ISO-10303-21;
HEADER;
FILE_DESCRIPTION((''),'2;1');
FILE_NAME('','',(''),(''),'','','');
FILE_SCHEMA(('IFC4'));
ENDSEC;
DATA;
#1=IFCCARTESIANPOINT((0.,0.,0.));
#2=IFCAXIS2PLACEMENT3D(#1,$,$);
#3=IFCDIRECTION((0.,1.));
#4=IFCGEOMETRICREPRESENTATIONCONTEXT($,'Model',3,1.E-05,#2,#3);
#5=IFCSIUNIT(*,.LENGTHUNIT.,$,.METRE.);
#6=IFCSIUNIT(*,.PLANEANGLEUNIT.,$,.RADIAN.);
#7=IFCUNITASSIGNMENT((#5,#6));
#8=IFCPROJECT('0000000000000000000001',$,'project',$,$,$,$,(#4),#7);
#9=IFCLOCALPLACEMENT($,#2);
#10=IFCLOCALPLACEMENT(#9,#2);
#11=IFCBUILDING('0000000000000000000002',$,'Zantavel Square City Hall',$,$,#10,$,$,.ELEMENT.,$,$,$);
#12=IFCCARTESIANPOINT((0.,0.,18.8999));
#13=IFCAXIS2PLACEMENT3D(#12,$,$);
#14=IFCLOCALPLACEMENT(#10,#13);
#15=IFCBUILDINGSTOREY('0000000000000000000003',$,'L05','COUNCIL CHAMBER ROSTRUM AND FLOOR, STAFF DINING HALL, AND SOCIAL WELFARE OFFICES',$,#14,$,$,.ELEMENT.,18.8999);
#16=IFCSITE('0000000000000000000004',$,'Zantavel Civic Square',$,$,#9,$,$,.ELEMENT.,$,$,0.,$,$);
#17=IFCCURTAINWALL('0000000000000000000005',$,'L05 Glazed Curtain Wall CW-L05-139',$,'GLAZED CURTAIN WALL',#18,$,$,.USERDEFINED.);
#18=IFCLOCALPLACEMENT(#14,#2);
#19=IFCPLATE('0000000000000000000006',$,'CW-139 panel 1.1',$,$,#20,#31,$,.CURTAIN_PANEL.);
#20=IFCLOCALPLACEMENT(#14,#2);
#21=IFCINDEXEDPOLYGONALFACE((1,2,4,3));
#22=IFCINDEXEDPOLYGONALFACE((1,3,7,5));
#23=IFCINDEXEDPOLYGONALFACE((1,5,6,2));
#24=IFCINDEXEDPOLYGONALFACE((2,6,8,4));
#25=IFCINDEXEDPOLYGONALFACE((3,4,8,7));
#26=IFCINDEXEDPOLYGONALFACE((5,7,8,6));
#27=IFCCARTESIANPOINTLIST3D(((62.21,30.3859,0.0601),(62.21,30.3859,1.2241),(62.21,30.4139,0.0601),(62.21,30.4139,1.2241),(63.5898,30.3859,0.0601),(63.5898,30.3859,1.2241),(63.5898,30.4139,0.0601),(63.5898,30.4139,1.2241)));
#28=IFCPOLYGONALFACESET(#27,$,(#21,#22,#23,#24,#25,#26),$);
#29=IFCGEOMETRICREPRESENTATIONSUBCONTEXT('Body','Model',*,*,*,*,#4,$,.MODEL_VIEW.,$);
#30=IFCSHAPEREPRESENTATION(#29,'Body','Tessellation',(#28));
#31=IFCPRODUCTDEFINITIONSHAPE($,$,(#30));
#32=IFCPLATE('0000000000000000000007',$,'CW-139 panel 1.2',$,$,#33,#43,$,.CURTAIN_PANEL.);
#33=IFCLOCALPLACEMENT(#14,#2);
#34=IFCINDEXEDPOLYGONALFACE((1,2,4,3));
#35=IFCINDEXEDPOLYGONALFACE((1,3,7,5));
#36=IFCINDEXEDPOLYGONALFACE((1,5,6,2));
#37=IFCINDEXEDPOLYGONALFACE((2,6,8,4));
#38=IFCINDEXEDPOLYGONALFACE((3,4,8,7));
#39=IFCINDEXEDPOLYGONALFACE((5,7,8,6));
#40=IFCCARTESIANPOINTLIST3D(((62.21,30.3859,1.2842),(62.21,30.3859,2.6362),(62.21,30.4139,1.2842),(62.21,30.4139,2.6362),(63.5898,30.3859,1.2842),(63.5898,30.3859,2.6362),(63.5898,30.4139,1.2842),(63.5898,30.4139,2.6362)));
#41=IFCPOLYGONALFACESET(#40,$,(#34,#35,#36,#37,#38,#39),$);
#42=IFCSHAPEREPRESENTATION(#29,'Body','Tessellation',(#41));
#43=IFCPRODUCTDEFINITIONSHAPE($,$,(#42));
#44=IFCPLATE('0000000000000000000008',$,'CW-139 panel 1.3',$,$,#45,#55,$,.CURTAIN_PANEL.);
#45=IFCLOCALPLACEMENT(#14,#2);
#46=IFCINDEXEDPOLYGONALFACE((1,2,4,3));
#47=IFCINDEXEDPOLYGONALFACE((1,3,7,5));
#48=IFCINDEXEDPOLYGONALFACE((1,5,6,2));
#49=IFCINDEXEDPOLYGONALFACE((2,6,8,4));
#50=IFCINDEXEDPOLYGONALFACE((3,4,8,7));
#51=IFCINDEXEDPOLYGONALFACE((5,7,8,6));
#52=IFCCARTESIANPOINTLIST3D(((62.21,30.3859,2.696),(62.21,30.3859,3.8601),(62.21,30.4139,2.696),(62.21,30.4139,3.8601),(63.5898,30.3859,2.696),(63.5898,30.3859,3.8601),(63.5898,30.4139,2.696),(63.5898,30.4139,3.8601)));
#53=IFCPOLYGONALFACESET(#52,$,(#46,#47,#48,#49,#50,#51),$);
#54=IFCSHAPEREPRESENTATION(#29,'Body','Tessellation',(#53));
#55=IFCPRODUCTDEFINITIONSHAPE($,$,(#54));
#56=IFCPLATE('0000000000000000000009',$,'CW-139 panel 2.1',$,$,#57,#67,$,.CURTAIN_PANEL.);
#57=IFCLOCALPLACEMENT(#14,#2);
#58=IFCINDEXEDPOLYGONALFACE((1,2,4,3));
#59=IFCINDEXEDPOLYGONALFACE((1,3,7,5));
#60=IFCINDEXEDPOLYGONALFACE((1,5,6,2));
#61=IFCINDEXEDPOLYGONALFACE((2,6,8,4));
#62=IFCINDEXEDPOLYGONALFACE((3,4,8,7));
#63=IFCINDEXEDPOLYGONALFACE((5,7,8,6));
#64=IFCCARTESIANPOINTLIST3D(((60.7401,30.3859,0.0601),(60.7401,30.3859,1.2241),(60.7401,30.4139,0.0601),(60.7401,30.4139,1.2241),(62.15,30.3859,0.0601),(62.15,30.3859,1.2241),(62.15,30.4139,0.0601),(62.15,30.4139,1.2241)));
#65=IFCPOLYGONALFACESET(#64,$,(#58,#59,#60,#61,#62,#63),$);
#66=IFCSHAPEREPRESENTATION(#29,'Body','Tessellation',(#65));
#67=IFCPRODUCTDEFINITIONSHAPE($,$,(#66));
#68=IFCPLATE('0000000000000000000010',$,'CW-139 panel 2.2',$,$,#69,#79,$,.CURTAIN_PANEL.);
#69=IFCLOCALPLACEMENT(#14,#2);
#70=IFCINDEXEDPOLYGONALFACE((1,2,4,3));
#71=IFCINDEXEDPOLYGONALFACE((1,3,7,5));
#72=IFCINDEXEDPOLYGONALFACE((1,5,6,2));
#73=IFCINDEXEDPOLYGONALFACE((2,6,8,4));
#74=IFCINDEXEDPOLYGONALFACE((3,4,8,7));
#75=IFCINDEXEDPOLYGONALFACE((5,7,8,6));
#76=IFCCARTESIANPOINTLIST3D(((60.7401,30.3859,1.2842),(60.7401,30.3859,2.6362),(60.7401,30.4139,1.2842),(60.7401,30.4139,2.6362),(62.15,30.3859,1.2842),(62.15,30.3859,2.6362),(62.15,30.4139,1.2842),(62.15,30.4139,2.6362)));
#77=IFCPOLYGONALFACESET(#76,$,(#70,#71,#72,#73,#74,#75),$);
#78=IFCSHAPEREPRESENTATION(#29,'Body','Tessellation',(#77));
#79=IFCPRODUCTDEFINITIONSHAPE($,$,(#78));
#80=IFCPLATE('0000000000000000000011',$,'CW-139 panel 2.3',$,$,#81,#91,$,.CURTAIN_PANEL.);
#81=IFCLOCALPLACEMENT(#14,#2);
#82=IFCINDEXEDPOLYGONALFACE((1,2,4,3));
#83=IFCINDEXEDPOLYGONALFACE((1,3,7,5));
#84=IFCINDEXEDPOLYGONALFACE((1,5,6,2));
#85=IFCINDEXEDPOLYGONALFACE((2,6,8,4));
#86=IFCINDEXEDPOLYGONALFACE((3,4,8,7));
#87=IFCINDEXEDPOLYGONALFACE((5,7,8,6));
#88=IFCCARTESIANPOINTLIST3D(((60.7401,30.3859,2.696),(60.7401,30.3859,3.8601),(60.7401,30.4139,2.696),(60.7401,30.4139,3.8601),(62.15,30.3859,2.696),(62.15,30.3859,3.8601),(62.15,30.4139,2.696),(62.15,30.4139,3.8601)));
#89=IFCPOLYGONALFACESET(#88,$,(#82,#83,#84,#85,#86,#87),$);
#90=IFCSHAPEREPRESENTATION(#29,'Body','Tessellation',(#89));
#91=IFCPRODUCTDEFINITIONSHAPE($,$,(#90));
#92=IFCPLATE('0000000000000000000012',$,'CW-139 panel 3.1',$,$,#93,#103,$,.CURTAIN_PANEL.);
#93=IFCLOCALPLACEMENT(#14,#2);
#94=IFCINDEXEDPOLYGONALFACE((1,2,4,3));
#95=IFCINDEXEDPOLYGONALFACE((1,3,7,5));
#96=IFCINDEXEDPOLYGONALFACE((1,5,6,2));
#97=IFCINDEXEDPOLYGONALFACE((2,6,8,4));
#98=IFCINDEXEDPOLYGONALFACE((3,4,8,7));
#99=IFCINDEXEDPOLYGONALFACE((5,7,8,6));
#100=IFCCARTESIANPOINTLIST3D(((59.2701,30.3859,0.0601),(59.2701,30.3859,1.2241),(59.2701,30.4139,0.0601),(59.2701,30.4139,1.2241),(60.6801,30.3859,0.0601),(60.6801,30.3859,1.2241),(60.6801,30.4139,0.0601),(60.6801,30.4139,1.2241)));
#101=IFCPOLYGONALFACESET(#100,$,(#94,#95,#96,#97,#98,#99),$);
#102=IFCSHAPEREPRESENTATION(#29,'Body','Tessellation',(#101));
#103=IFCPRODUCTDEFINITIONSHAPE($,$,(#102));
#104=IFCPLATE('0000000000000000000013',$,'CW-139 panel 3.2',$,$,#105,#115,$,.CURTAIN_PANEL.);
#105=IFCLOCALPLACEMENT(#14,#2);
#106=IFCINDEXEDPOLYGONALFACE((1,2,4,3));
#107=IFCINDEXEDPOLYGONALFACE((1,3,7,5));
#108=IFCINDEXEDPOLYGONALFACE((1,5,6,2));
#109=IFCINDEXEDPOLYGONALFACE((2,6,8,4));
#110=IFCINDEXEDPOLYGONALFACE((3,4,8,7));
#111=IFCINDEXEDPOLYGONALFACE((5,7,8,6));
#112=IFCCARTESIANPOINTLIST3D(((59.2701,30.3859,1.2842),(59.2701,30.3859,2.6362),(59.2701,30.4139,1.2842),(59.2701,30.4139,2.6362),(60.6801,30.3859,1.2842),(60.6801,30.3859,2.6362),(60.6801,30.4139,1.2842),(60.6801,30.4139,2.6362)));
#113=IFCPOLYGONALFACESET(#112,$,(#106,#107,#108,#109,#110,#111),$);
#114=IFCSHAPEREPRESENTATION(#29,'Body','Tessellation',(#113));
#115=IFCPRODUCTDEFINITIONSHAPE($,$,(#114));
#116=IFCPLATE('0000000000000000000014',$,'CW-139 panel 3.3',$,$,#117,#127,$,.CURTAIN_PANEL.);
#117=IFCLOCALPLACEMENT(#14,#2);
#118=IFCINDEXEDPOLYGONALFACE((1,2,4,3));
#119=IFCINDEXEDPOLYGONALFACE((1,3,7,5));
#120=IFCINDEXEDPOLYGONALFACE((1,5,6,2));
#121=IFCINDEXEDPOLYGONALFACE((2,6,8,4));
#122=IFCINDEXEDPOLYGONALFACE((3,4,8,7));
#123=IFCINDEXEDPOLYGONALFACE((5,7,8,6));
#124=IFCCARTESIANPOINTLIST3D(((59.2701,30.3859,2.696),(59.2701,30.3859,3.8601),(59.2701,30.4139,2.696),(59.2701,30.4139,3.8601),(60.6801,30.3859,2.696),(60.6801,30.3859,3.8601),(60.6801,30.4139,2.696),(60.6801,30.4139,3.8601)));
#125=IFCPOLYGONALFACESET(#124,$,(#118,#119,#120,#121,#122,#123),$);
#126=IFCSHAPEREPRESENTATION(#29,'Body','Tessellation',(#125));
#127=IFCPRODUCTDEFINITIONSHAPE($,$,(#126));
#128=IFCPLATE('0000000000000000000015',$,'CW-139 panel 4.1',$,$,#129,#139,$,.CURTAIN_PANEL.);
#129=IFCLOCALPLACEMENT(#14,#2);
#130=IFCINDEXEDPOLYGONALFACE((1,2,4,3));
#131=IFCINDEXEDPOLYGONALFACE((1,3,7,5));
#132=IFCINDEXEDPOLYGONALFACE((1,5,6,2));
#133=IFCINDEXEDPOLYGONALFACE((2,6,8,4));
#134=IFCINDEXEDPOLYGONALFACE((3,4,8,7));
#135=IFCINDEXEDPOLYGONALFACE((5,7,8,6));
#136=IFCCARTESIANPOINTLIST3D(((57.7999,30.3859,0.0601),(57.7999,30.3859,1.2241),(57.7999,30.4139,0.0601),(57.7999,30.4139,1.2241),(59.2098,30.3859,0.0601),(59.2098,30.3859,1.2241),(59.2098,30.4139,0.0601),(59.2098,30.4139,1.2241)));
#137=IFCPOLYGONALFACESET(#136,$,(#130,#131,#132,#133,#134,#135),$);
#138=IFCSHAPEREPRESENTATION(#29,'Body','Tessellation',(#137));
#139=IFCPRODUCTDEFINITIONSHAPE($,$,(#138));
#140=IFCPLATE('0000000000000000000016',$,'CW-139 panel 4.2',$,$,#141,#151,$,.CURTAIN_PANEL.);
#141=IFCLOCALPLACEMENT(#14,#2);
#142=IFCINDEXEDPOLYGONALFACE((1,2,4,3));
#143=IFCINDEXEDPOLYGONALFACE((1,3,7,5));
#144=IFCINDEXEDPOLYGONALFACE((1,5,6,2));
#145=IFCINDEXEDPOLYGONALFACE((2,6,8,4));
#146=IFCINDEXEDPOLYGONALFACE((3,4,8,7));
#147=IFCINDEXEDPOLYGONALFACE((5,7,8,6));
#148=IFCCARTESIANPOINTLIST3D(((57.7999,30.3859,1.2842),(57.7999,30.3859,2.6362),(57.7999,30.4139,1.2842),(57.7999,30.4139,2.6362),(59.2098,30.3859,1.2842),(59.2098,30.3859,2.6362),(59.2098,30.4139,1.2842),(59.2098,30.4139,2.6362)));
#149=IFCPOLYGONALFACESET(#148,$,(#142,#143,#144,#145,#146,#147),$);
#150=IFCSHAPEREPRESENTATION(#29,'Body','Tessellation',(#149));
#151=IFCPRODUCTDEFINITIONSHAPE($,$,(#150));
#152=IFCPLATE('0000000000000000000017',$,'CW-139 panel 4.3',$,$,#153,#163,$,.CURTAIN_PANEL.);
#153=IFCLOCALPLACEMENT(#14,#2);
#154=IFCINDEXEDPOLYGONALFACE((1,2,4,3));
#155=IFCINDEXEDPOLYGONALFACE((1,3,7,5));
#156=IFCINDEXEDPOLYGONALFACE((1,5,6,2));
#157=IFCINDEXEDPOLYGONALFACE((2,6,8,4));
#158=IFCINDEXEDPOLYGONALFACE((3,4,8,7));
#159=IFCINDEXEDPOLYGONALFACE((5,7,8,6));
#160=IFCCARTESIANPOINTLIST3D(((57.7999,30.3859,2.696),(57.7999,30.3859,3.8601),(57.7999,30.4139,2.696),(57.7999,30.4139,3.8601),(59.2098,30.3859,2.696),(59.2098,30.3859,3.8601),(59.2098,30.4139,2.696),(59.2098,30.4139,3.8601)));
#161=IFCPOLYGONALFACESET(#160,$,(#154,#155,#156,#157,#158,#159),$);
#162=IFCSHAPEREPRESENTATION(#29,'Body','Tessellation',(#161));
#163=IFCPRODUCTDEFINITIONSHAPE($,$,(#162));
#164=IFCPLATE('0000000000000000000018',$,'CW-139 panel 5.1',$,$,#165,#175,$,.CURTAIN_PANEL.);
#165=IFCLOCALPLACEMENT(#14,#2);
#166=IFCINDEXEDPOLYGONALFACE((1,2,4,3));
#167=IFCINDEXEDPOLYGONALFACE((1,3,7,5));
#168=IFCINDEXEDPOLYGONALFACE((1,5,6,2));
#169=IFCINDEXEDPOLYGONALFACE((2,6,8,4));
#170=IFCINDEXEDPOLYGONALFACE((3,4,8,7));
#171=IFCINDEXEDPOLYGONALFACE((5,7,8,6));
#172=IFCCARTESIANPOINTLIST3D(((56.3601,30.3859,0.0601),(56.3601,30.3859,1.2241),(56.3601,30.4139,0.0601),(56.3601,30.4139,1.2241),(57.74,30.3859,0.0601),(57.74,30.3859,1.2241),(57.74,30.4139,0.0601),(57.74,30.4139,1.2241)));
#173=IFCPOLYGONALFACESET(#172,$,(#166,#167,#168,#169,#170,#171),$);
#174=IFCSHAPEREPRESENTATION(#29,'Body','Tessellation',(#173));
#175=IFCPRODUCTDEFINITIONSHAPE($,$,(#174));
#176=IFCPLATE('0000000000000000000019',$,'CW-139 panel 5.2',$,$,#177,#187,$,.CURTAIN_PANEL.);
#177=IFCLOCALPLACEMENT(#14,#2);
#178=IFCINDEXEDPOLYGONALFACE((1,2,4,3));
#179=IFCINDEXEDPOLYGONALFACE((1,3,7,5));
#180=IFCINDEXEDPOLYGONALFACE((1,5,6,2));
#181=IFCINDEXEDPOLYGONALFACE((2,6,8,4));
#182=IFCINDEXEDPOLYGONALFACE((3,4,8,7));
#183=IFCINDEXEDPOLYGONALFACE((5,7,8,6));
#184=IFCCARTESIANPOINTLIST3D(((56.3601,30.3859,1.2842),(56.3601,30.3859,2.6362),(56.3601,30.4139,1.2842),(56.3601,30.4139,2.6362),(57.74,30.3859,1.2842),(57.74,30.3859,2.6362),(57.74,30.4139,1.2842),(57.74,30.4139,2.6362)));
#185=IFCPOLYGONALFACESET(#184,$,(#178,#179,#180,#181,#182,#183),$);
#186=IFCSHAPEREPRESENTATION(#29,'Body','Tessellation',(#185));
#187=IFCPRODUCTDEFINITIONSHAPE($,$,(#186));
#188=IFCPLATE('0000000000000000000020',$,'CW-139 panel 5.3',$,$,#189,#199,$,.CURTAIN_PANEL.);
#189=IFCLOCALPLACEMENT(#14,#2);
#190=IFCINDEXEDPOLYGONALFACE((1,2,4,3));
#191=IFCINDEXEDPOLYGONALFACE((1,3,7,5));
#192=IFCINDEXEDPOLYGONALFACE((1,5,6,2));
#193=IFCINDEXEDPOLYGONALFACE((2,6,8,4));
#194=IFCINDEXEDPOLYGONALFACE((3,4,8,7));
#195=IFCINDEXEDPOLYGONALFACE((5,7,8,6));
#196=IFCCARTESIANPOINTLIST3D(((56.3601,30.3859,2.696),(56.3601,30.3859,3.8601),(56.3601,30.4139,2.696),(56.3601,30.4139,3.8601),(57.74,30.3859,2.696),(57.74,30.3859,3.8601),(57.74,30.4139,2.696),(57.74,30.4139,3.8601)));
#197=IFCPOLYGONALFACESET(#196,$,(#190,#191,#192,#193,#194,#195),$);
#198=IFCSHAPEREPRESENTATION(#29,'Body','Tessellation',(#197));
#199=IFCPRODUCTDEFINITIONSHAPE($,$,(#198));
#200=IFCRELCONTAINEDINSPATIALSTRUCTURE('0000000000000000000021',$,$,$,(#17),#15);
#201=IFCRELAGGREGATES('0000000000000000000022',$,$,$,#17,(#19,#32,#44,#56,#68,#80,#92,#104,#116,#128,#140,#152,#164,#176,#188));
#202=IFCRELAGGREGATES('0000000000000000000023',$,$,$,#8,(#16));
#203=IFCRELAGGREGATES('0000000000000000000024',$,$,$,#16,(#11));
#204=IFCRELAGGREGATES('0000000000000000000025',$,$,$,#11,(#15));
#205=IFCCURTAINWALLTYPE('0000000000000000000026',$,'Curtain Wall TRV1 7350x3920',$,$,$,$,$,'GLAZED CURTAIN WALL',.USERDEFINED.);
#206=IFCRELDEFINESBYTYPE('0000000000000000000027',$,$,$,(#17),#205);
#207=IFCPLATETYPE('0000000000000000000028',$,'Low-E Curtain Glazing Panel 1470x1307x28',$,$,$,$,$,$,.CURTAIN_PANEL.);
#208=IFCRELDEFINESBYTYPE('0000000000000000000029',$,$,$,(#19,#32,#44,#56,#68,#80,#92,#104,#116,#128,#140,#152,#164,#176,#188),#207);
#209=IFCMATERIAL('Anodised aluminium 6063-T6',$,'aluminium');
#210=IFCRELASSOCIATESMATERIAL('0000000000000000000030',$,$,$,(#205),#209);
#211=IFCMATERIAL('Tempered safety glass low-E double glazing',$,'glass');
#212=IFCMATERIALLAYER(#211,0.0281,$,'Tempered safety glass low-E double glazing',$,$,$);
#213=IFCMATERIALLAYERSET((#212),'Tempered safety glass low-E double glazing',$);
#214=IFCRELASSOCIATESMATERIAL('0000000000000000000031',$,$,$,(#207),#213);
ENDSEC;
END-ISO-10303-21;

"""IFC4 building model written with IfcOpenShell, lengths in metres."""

from ifc_helpers import new_model, si_unit, direction, frame, origin, origin_2d, place, context, subcontext, project, spatial, rectangle, extrude, material, layer, layer_set, type_object, element, aggregate, save


model = new_model("IFC4")

# Units and contexts
model_context = context("Model", 3, precision=1e-05, world=origin(), true_north=direction((0.0, 1.0)))
body_context = subcontext(model_context, "Body", "Model", "MODEL_VIEW")
ifc_project = project(units=[si_unit("LENGTHUNIT", "METRE"), si_unit("PLANEANGLEUNIT", "RADIAN")], contexts=[model_context])

# Site, building, storey
site_placement = place(None, origin())
site = spatial("IfcSite", under=ifc_project, at=site_placement, Name="Zantavel Civic Square", CompositionType="ELEMENT", RefElevation=0.0)
building_placement = place(site_placement, origin())
building = spatial("IfcBuilding", under=site, at=building_placement, Name="Zantavel Square City Hall", CompositionType="ELEMENT")
storey_placement = place(building_placement, frame((0.0, 0.0, 18.8999)))
storey = spatial("IfcBuildingStorey", under=building, at=storey_placement, Name="L05", Description="COUNCIL CHAMBER ROSTRUM AND FLOOR, STAFF DINING HALL, AND SOCIAL WELFARE OFFICES", CompositionType="ELEMENT", Elevation=18.8999)

# Curtain wall, plates
ifc_material_1 = material(Name="Anodised aluminium 6063-T6", Category="aluminium")
curtain_wall_type = type_object("IfcCurtainWallType", Name="Curtain Wall TRV1 7350x3920", ElementType="GLAZED CURTAIN WALL", PredefinedType="USERDEFINED", material=ifc_material_1)
curtain_wall_placement = place(storey_placement, origin())
curtain_wall = element("IfcCurtainWall", 1, at=curtain_wall_placement, inside=storey, type_object=curtain_wall_type, Name="L05 Glazed Curtain Wall CW-L05-139", ObjectType="GLAZED CURTAIN WALL", PredefinedType="USERDEFINED")
ifc_material_2 = material(Name="Tempered safety glass low-E double glazing", Category="glass")
ifc_layer = layer(ifc_material_2, 0.0281, Name="Tempered safety glass low-E double glazing")
ifc_layer_set = layer_set([ifc_layer], Name="Tempered safety glass low-E double glazing")
plate_type = type_object("IfcPlateType", Name="Low-E Curtain Glazing Panel 1470x1307x28", PredefinedType="CURTAIN_PANEL", material=ifc_layer_set)
plate_1_placement = place(storey_placement, frame((62.8999, 30.3999, 0.0601), z_axis=(0.0, 0.0, 1.0), x_axis=(-1.0, 0.0, 0.0)))
plate_1 = element("IfcPlate", 2, at=plate_1_placement, type_object=plate_type, Name="CW-139 panel 1.1", PredefinedType="CURTAIN_PANEL", context=body_context, shape_type="SweptSolid", body=[
    extrude(rectangle(XDim=1.3799, YDim=0.0281, at=origin_2d()), origin(), (0.0, 0.0, 1.0), 1.1641),
])
plate_2_placement = place(storey_placement, frame((62.8999, 30.3999, 1.2842), z_axis=(0.0, 0.0, 1.0), x_axis=(-1.0, 0.0, 0.0)))
plate_2 = element("IfcPlate", 3, at=plate_2_placement, type_object=plate_type, Name="CW-139 panel 1.2", PredefinedType="CURTAIN_PANEL", context=body_context, shape_type="SweptSolid", body=[
    extrude(rectangle(XDim=1.3799, YDim=0.0281, at=origin_2d()), origin(), (0.0, 0.0, 1.0), 1.3521),
])
plate_3_placement = place(storey_placement, frame((62.8999, 30.3999, 2.696), z_axis=(0.0, 0.0, 1.0), x_axis=(-1.0, 0.0, 0.0)))
plate_3 = element("IfcPlate", 4, at=plate_3_placement, type_object=plate_type, Name="CW-139 panel 1.3", PredefinedType="CURTAIN_PANEL", context=body_context, shape_type="SweptSolid", body=[
    extrude(rectangle(XDim=1.3799, YDim=0.0281, at=origin_2d()), origin(), (0.0, 0.0, 1.0), 1.1641),
])
plate_4_placement = place(storey_placement, frame((61.4451, 30.3999, 0.0601), z_axis=(0.0, 0.0, 1.0), x_axis=(-1.0, 0.0, 0.0)))
plate_4 = element("IfcPlate", 5, at=plate_4_placement, type_object=plate_type, Name="CW-139 panel 2.1", PredefinedType="CURTAIN_PANEL", context=body_context, shape_type="SweptSolid", body=[
    extrude(rectangle(XDim=1.4099, YDim=0.0281, at=origin_2d()), origin(), (0.0, 0.0, 1.0), 1.1641),
])
plate_5_placement = place(storey_placement, frame((61.4451, 30.3999, 1.2842), z_axis=(0.0, 0.0, 1.0), x_axis=(-1.0, 0.0, 0.0)))
plate_5 = element("IfcPlate", 6, at=plate_5_placement, type_object=plate_type, Name="CW-139 panel 2.2", PredefinedType="CURTAIN_PANEL", context=body_context, shape_type="SweptSolid", body=[
    extrude(rectangle(XDim=1.4099, YDim=0.0281, at=origin_2d()), origin(), (0.0, 0.0, 1.0), 1.3521),
])
plate_6_placement = place(storey_placement, frame((61.4451, 30.3999, 2.696), z_axis=(0.0, 0.0, 1.0), x_axis=(-1.0, 0.0, 0.0)))
plate_6 = element("IfcPlate", 7, at=plate_6_placement, type_object=plate_type, Name="CW-139 panel 2.3", PredefinedType="CURTAIN_PANEL", context=body_context, shape_type="SweptSolid", body=[
    extrude(rectangle(XDim=1.4099, YDim=0.0281, at=origin_2d()), origin(), (0.0, 0.0, 1.0), 1.1641),
])
plate_7_placement = place(storey_placement, frame((59.9751, 30.3999, 0.0601), z_axis=(0.0, 0.0, 1.0), x_axis=(-1.0, 0.0, 0.0)))
plate_7 = element("IfcPlate", 8, at=plate_7_placement, type_object=plate_type, Name="CW-139 panel 3.1", PredefinedType="CURTAIN_PANEL", context=body_context, shape_type="SweptSolid", body=[
    extrude(rectangle(XDim=1.4099, YDim=0.0281, at=origin_2d()), origin(), (0.0, 0.0, 1.0), 1.1641),
])
plate_8_placement = place(storey_placement, frame((59.9751, 30.3999, 1.2842), z_axis=(0.0, 0.0, 1.0), x_axis=(-1.0, 0.0, 0.0)))
plate_8 = element("IfcPlate", 9, at=plate_8_placement, type_object=plate_type, Name="CW-139 panel 3.2", PredefinedType="CURTAIN_PANEL", context=body_context, shape_type="SweptSolid", body=[
    extrude(rectangle(XDim=1.4099, YDim=0.0281, at=origin_2d()), origin(), (0.0, 0.0, 1.0), 1.3521),
])
plate_9_placement = place(storey_placement, frame((59.9751, 30.3999, 2.696), z_axis=(0.0, 0.0, 1.0), x_axis=(-1.0, 0.0, 0.0)))
plate_9 = element("IfcPlate", 10, at=plate_9_placement, type_object=plate_type, Name="CW-139 panel 3.3", PredefinedType="CURTAIN_PANEL", context=body_context, shape_type="SweptSolid", body=[
    extrude(rectangle(XDim=1.4099, YDim=0.0281, at=origin_2d()), origin(), (0.0, 0.0, 1.0), 1.1641),
])
plate_10_placement = place(storey_placement, frame((58.5049, 30.3999, 0.0601), z_axis=(0.0, 0.0, 1.0), x_axis=(-1.0, 0.0, 0.0)))
plate_10 = element("IfcPlate", 11, at=plate_10_placement, type_object=plate_type, Name="CW-139 panel 4.1", PredefinedType="CURTAIN_PANEL", context=body_context, shape_type="SweptSolid", body=[
    extrude(rectangle(XDim=1.4099, YDim=0.0281, at=origin_2d()), origin(), (0.0, 0.0, 1.0), 1.1641),
])
plate_11_placement = place(storey_placement, frame((58.5049, 30.3999, 1.2842), z_axis=(0.0, 0.0, 1.0), x_axis=(-1.0, 0.0, 0.0)))
plate_11 = element("IfcPlate", 12, at=plate_11_placement, type_object=plate_type, Name="CW-139 panel 4.2", PredefinedType="CURTAIN_PANEL", context=body_context, shape_type="SweptSolid", body=[
    extrude(rectangle(XDim=1.4099, YDim=0.0281, at=origin_2d()), origin(), (0.0, 0.0, 1.0), 1.3521),
])
plate_12_placement = place(storey_placement, frame((58.5049, 30.3999, 2.696), z_axis=(0.0, 0.0, 1.0), x_axis=(-1.0, 0.0, 0.0)))
plate_12 = element("IfcPlate", 13, at=plate_12_placement, type_object=plate_type, Name="CW-139 panel 4.3", PredefinedType="CURTAIN_PANEL", context=body_context, shape_type="SweptSolid", body=[
    extrude(rectangle(XDim=1.4099, YDim=0.0281, at=origin_2d()), origin(), (0.0, 0.0, 1.0), 1.1641),
])
plate_13_placement = place(storey_placement, frame((57.05, 30.3999, 0.0601), z_axis=(0.0, 0.0, 1.0), x_axis=(-1.0, 0.0, 0.0)))
plate_13 = element("IfcPlate", 14, at=plate_13_placement, type_object=plate_type, Name="CW-139 panel 5.1", PredefinedType="CURTAIN_PANEL", context=body_context, shape_type="SweptSolid", body=[
    extrude(rectangle(XDim=1.3799, YDim=0.0281, at=origin_2d()), origin(), (0.0, 0.0, 1.0), 1.1641),
])
plate_14_placement = place(storey_placement, frame((57.05, 30.3999, 1.2842), z_axis=(0.0, 0.0, 1.0), x_axis=(-1.0, 0.0, 0.0)))
plate_14 = element("IfcPlate", 15, at=plate_14_placement, type_object=plate_type, Name="CW-139 panel 5.2", PredefinedType="CURTAIN_PANEL", context=body_context, shape_type="SweptSolid", body=[
    extrude(rectangle(XDim=1.3799, YDim=0.0281, at=origin_2d()), origin(), (0.0, 0.0, 1.0), 1.3521),
])
plate_15_placement = place(storey_placement, frame((57.05, 30.3999, 2.696), z_axis=(0.0, 0.0, 1.0), x_axis=(-1.0, 0.0, 0.0)))
plate_15 = element("IfcPlate", 16, at=plate_15_placement, type_object=plate_type, Name="CW-139 panel 5.3", PredefinedType="CURTAIN_PANEL", context=body_context, shape_type="SweptSolid", body=[
    extrude(rectangle(XDim=1.3799, YDim=0.0281, at=origin_2d()), origin(), (0.0, 0.0, 1.0), 1.1641),
])
aggregate(curtain_wall, [plate_1, plate_2, plate_3, plate_4, plate_5, plate_6, plate_7, plate_8, plate_9, plate_10, plate_11, plate_12, plate_13, plate_14, plate_15])

save(model, "model.ifc")
